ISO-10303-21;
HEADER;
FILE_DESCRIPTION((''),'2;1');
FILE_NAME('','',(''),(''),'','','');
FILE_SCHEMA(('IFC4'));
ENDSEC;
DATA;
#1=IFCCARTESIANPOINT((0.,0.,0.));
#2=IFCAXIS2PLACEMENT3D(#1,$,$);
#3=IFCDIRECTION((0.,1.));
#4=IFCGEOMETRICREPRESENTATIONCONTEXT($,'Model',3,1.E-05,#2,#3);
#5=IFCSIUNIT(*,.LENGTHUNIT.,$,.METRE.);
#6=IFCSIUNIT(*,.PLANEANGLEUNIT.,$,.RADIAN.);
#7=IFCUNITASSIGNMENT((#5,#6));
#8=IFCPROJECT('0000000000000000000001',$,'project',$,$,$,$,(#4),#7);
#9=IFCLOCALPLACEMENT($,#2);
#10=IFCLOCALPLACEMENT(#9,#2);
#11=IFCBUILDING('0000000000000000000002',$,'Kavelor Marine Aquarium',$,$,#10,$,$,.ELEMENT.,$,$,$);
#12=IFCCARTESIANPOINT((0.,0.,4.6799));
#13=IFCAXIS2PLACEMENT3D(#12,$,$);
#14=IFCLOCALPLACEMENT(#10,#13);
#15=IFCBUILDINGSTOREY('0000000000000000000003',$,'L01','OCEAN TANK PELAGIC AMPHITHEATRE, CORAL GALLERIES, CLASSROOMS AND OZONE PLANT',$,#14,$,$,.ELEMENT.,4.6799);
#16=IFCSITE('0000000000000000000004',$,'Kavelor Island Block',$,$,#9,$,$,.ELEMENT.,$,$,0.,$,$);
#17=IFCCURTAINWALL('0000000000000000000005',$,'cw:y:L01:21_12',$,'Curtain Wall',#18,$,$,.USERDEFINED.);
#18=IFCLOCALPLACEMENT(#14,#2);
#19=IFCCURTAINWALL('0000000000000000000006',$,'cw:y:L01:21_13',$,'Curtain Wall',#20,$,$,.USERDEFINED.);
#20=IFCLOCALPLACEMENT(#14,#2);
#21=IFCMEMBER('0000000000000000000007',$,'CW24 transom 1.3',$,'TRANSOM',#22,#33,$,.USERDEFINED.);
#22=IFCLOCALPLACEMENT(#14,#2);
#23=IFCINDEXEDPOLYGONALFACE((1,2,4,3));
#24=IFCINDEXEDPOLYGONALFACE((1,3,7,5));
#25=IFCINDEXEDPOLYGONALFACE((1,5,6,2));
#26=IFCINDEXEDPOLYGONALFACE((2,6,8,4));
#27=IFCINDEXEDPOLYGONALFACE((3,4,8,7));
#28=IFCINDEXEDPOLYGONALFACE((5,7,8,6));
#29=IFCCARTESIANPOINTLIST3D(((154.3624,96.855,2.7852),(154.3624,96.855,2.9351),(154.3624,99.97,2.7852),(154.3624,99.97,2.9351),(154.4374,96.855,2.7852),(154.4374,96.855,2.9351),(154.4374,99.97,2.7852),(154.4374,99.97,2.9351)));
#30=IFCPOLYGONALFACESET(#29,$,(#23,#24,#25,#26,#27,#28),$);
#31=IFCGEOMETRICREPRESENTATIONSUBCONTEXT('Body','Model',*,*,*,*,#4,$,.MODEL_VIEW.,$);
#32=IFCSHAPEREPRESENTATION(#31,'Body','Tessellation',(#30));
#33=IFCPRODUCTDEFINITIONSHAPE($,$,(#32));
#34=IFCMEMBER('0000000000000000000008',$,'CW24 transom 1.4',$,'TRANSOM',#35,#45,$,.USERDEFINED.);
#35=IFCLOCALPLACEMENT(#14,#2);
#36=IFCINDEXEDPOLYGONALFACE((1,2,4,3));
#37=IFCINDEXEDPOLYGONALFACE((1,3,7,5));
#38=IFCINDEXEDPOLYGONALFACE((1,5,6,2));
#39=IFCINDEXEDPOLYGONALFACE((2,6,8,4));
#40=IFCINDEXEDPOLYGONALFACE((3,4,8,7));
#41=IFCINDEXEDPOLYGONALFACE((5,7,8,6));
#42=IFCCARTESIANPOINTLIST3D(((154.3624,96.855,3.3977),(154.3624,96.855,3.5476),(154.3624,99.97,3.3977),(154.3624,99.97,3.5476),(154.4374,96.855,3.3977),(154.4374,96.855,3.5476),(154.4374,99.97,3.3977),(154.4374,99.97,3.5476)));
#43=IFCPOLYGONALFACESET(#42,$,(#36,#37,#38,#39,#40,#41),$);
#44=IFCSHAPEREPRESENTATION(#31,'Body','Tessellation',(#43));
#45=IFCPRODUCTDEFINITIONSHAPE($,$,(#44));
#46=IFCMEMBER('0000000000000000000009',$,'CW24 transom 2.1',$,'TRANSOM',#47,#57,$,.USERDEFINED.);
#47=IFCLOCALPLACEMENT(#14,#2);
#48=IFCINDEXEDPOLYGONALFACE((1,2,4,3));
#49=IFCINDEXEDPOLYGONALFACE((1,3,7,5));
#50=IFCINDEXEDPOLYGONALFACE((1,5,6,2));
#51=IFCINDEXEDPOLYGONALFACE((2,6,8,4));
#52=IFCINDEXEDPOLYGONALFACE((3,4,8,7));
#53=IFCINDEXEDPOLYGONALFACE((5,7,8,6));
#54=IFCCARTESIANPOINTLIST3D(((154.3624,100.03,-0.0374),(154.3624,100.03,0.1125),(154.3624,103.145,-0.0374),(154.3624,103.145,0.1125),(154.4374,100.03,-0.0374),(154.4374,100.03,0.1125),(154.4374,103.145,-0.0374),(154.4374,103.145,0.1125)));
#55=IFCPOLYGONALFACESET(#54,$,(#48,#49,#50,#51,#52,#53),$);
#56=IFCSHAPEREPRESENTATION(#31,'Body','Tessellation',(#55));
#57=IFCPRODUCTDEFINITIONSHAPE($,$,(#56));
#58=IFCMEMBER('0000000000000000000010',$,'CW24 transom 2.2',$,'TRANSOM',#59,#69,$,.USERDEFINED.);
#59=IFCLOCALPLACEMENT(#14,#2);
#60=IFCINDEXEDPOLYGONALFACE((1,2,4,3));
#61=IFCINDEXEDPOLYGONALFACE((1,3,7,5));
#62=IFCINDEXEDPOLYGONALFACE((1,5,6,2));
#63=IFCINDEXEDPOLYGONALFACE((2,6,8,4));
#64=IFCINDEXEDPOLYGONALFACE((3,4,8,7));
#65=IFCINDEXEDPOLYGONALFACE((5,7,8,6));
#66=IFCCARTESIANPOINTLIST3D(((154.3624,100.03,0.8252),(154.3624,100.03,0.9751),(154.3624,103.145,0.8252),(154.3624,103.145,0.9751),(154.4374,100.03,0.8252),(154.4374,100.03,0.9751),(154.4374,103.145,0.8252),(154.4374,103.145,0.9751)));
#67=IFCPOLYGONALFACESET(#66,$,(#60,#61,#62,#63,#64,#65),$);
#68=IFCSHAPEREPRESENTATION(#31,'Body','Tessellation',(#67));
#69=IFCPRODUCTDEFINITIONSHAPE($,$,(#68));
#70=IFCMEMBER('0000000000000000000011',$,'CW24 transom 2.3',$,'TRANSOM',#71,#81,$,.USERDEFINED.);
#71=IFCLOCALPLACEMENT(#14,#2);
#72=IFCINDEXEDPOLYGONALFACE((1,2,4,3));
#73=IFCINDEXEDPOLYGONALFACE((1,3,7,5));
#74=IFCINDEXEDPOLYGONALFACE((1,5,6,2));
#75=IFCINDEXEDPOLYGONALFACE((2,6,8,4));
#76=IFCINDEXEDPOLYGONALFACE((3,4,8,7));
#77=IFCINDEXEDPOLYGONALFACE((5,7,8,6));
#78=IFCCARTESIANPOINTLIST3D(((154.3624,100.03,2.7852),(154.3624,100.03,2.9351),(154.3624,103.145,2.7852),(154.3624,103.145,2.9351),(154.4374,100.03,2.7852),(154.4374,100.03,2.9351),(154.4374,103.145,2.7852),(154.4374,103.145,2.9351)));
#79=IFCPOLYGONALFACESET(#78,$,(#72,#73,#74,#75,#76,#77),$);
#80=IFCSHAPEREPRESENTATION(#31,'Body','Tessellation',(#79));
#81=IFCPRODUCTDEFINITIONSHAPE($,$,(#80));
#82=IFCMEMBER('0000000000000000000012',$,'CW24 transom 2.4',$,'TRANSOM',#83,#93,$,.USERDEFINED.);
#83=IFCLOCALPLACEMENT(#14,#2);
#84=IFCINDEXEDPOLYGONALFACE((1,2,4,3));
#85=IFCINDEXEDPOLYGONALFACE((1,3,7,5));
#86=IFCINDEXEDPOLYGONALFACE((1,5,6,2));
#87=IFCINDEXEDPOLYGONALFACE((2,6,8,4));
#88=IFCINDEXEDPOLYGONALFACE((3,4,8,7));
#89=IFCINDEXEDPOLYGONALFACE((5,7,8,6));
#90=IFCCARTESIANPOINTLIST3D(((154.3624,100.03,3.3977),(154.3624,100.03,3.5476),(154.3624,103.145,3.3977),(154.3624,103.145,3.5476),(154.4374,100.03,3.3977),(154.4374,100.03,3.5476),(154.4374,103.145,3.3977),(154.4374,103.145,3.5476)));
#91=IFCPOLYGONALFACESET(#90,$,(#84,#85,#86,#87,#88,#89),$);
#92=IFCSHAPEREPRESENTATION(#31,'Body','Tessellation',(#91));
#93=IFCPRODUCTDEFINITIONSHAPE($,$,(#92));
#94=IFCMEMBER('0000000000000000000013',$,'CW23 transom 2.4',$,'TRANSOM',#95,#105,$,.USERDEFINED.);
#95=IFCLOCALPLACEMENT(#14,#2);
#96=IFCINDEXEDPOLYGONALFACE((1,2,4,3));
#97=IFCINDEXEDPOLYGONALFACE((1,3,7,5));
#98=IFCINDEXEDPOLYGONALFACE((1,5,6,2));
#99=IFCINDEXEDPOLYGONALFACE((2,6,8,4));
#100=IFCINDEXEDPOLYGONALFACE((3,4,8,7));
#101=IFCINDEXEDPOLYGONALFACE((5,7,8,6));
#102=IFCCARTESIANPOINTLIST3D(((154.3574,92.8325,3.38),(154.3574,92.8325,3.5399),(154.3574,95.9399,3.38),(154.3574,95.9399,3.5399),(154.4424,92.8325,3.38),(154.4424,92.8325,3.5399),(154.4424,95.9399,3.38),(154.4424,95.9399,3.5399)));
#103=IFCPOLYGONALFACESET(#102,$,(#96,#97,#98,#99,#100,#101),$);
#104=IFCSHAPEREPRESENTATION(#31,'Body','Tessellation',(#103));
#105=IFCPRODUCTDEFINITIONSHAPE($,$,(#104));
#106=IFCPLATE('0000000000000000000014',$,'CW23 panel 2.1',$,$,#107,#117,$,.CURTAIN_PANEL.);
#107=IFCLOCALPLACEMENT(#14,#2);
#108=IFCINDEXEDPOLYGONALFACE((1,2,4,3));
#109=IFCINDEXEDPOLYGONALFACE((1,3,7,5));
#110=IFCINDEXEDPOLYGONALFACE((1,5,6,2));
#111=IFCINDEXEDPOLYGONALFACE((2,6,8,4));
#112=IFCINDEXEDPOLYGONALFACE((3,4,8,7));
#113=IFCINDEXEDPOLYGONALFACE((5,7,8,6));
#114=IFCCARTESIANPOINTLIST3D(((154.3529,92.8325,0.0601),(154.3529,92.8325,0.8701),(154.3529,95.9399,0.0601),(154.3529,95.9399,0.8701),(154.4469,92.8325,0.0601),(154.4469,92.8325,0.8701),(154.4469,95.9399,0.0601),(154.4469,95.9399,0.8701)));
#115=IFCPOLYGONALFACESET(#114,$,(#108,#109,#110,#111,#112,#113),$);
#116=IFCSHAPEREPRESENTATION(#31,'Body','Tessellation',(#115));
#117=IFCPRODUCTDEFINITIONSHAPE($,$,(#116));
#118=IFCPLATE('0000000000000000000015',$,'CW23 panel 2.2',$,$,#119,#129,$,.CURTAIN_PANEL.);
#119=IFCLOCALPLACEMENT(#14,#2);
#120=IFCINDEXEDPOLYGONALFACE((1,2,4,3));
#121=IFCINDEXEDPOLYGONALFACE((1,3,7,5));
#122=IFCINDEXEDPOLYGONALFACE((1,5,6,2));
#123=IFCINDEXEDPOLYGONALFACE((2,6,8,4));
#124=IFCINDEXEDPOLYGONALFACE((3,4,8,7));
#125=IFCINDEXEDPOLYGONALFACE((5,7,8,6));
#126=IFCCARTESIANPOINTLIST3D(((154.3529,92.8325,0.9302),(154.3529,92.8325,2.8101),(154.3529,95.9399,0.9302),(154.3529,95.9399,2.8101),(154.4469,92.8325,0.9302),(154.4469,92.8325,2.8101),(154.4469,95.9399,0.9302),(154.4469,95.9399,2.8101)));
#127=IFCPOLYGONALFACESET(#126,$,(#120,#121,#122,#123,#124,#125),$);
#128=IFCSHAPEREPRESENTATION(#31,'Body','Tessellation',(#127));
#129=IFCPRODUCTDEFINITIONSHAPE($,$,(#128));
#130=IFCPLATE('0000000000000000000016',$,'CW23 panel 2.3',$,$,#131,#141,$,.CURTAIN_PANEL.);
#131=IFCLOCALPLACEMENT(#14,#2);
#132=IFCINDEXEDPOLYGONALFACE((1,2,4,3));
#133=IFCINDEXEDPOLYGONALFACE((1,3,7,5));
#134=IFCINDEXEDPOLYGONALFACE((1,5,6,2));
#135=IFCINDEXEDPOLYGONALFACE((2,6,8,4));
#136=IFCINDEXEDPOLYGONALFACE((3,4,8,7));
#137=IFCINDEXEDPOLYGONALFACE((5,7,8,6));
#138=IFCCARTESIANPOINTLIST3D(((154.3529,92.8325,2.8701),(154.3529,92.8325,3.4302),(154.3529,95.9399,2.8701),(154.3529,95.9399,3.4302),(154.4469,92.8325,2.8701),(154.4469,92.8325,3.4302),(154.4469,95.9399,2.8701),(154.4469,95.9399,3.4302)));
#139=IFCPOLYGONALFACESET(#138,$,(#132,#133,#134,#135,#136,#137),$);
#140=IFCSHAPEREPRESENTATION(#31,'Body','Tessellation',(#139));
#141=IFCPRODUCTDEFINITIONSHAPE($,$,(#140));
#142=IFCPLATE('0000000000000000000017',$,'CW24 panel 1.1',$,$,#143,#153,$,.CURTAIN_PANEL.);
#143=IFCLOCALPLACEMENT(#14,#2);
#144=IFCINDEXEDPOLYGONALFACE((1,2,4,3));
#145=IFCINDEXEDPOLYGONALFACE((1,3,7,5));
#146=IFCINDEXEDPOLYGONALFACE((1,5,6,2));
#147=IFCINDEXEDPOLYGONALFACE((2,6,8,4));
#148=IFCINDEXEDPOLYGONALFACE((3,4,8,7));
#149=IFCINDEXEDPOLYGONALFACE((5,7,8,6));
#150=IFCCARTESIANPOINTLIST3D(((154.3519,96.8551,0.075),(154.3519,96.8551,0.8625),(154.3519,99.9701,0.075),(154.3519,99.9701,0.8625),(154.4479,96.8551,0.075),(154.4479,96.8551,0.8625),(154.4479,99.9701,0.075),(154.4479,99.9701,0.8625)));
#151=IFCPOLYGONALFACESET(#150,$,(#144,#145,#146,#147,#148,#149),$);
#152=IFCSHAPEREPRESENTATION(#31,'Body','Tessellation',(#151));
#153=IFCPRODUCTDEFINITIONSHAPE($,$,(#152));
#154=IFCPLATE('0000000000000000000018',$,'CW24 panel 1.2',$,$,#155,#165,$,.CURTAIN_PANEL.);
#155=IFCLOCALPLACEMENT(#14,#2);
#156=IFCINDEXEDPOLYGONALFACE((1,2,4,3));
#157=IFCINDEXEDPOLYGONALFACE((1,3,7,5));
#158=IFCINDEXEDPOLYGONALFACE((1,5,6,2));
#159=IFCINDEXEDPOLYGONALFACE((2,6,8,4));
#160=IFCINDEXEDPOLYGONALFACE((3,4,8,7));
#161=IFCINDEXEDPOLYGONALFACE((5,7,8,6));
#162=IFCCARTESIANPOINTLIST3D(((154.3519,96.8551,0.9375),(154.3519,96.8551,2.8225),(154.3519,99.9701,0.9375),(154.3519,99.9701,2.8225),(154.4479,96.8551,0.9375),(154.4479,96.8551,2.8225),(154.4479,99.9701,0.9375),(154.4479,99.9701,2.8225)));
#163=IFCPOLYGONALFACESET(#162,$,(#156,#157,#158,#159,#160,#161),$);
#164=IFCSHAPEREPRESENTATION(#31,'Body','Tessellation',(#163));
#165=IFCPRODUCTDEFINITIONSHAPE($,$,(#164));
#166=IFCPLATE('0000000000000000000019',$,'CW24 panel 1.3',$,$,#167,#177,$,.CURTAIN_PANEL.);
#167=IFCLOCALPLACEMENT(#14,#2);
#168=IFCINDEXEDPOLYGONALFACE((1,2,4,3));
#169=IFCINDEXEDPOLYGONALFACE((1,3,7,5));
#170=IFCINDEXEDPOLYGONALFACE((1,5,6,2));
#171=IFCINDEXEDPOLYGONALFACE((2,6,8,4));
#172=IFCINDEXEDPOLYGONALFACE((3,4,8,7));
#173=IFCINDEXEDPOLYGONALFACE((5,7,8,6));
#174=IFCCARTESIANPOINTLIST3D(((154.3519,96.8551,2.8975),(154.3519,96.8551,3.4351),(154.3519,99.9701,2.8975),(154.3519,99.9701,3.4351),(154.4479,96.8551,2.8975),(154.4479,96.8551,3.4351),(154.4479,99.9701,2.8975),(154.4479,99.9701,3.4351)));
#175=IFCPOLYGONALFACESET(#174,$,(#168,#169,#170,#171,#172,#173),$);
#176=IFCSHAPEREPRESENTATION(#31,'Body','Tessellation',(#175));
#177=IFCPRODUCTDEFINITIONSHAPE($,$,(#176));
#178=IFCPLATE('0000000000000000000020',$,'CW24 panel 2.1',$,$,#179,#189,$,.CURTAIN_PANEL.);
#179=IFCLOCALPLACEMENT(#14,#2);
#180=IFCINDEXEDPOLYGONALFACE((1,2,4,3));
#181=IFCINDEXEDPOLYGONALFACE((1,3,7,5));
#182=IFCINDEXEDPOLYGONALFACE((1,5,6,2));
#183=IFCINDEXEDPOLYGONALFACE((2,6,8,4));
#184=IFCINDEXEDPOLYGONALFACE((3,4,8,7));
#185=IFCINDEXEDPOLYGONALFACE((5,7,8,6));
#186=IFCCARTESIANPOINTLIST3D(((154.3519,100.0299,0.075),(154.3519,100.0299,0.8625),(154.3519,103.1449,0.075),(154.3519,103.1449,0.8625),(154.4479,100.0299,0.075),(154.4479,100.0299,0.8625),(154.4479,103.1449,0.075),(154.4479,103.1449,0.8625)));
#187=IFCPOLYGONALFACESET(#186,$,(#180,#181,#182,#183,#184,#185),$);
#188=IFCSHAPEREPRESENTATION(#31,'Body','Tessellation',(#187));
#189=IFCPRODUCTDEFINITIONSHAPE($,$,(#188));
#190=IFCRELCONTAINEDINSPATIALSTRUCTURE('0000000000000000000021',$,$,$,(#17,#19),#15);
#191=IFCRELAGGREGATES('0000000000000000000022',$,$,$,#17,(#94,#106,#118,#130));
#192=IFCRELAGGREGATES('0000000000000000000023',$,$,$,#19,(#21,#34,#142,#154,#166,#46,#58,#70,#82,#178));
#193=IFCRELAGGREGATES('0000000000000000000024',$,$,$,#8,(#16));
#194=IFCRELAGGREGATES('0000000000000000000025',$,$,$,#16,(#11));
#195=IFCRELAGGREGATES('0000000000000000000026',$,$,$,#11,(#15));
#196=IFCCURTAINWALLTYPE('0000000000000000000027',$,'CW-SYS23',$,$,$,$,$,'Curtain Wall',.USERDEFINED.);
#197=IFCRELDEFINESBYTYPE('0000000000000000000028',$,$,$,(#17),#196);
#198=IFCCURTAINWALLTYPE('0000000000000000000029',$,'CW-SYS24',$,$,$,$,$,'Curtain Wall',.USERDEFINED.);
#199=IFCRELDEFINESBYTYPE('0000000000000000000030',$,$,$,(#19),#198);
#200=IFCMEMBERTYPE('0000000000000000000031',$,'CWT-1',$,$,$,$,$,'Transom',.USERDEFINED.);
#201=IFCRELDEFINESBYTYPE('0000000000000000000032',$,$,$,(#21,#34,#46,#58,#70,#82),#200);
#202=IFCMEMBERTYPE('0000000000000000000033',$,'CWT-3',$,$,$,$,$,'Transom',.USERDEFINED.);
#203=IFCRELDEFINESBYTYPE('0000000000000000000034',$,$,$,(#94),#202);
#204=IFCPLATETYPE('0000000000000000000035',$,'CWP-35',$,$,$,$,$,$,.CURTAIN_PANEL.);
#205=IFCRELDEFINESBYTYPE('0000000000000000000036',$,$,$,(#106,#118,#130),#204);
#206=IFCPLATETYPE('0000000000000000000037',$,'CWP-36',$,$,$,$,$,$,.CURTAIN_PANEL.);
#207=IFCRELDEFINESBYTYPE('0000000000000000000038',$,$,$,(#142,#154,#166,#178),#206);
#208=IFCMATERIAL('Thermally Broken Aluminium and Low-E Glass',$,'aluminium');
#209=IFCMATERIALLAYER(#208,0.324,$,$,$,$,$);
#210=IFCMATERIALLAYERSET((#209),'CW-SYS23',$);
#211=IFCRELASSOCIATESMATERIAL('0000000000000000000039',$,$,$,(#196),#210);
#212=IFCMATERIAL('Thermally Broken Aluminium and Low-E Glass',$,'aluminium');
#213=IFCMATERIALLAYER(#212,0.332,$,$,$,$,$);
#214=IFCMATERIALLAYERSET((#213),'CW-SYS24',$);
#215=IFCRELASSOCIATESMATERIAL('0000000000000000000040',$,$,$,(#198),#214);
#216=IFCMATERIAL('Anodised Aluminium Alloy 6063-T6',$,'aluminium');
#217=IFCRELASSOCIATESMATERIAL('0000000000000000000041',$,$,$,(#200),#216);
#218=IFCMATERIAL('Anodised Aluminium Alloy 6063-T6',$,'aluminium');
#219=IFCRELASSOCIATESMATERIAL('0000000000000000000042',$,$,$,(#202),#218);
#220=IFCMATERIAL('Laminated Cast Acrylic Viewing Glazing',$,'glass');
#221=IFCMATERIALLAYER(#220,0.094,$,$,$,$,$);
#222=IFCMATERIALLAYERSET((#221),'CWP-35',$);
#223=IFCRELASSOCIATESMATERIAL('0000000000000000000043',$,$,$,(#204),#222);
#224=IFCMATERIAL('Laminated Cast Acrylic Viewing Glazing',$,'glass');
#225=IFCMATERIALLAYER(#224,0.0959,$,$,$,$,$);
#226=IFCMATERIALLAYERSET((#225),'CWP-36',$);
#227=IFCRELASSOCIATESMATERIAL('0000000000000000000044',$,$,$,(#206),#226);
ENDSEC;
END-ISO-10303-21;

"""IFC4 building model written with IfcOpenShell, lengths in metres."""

from ifc_helpers import new_model, si_unit, direction, frame, origin, origin_2d, place, context, subcontext, project, spatial, rectangle, extrude, material, layer, layer_set, material_profile, profile_set, type_object, element, aggregate, save


model = new_model("IFC4")

# Units and contexts
model_context = context("Model", 3, precision=1e-05, world=origin(), true_north=direction((0.0, 1.0)))
body_context = subcontext(model_context, "Body", "Model", "MODEL_VIEW")
ifc_project = project(units=[si_unit("LENGTHUNIT", "METRE"), si_unit("PLANEANGLEUNIT", "RADIAN")], contexts=[model_context])

# Site, building, storey
site_placement = place(None, origin())
site = spatial("IfcSite", under=ifc_project, at=site_placement, Name="Kavelor Island Block", CompositionType="ELEMENT", RefElevation=0.0)
building_placement = place(site_placement, origin())
building = spatial("IfcBuilding", under=site, at=building_placement, Name="Kavelor Marine Aquarium", CompositionType="ELEMENT")
storey_placement = place(building_placement, frame((0.0, 0.0, 4.6799)))
storey = spatial("IfcBuildingStorey", under=building, at=storey_placement, Name="L01", Description="OCEAN TANK PELAGIC AMPHITHEATRE, CORAL GALLERIES, CLASSROOMS AND OZONE PLANT", CompositionType="ELEMENT", Elevation=4.6799)

# Curtain wall
ifc_material_1 = material(Name="Thermally Broken Aluminium and Low-E Glass", Category="aluminium")
ifc_layer_1 = layer(ifc_material_1, 0.324)
ifc_layer_set_1 = layer_set([ifc_layer_1], Name="CW-SYS23")
curtain_wall_type_1 = type_object("IfcCurtainWallType", Name="CW-SYS23", ElementType="Curtain Wall", PredefinedType="USERDEFINED", material=ifc_layer_set_1)
curtain_wall_1_placement = place(storey_placement, origin())
curtain_wall_1 = element("IfcCurtainWall", 1, at=curtain_wall_1_placement, inside=storey, type_object=curtain_wall_type_1, Name="cw:y:L01:21_12", ObjectType="Curtain Wall", PredefinedType="USERDEFINED")

# Curtain wall, members
ifc_material_2 = material(Name="Thermally Broken Aluminium and Low-E Glass", Category="aluminium")
ifc_layer_2 = layer(ifc_material_2, 0.332)
ifc_layer_set_2 = layer_set([ifc_layer_2], Name="CW-SYS24")
curtain_wall_type_2 = type_object("IfcCurtainWallType", Name="CW-SYS24", ElementType="Curtain Wall", PredefinedType="USERDEFINED", material=ifc_layer_set_2)
curtain_wall_2_placement = place(storey_placement, origin())
curtain_wall_2 = element("IfcCurtainWall", 2, at=curtain_wall_2_placement, inside=storey, type_object=curtain_wall_type_2, Name="cw:y:L01:21_13", ObjectType="Curtain Wall", PredefinedType="USERDEFINED")
ifc_material_3 = material(Name="Anodised Aluminium Alloy 6063-T6", Category="aluminium")
ifc_material_profile_1 = material_profile(ifc_material_3, rectangle(XDim=0.075, YDim=0.1499, at=origin_2d()), Name="CW-TRN 75x150")
ifc_profile_set_1 = profile_set([ifc_material_profile_1], Name="Anodised Aluminium Alloy 6063-T6")
member_type_1 = type_object("IfcMemberType", Name="CWT-1", ElementType="Transom", PredefinedType="USERDEFINED", material=ifc_profile_set_1)
member_1_placement = place(storey_placement, frame((154.3999, 96.855, 2.8601), z_axis=(0.0, 1.0, 0.0), x_axis=(-1.0, 0.0, 0.0)))
member_1 = element("IfcMember", 3, at=member_1_placement, type_object=member_type_1, Name="CW24 transom 1.3", ObjectType="TRANSOM", PredefinedType="USERDEFINED", context=body_context, shape_type="SweptSolid", body=[
    extrude(rectangle(XDim=0.075, YDim=0.1499, at=origin_2d()), origin(), (0.0, 0.0, 1.0), 3.115),
])
member_2_placement = place(storey_placement, frame((154.3999, 96.855, 3.4727), z_axis=(0.0, 1.0, 0.0), x_axis=(-1.0, 0.0, 0.0)))
member_2 = element("IfcMember", 4, at=member_2_placement, type_object=member_type_1, Name="CW24 transom 1.4", ObjectType="TRANSOM", PredefinedType="USERDEFINED", context=body_context, shape_type="SweptSolid", body=[
    extrude(rectangle(XDim=0.075, YDim=0.1499, at=origin_2d()), origin(), (0.0, 0.0, 1.0), 3.115),
])
member_3_placement = place(storey_placement, frame((154.3999, 100.03, 0.0376), z_axis=(0.0, 1.0, 0.0), x_axis=(-1.0, 0.0, 0.0)))
member_3 = element("IfcMember", 5, at=member_3_placement, type_object=member_type_1, Name="CW24 transom 2.1", ObjectType="TRANSOM", PredefinedType="USERDEFINED", context=body_context, shape_type="SweptSolid", body=[
    extrude(rectangle(XDim=0.075, YDim=0.1499, at=origin_2d()), origin(), (0.0, 0.0, 1.0), 3.115),
])
member_4_placement = place(storey_placement, frame((154.3999, 100.03, 0.9001), z_axis=(0.0, 1.0, 0.0), x_axis=(-1.0, 0.0, 0.0)))
member_4 = element("IfcMember", 6, at=member_4_placement, type_object=member_type_1, Name="CW24 transom 2.2", ObjectType="TRANSOM", PredefinedType="USERDEFINED", context=body_context, shape_type="SweptSolid", body=[
    extrude(rectangle(XDim=0.075, YDim=0.1499, at=origin_2d()), origin(), (0.0, 0.0, 1.0), 3.115),
])
member_5_placement = place(storey_placement, frame((154.3999, 100.03, 2.8601), z_axis=(0.0, 1.0, 0.0), x_axis=(-1.0, 0.0, 0.0)))
member_5 = element("IfcMember", 7, at=member_5_placement, type_object=member_type_1, Name="CW24 transom 2.3", ObjectType="TRANSOM", PredefinedType="USERDEFINED", context=body_context, shape_type="SweptSolid", body=[
    extrude(rectangle(XDim=0.075, YDim=0.1499, at=origin_2d()), origin(), (0.0, 0.0, 1.0), 3.115),
])
member_6_placement = place(storey_placement, frame((154.3999, 100.03, 3.4727), z_axis=(0.0, 1.0, 0.0), x_axis=(-1.0, 0.0, 0.0)))
member_6 = element("IfcMember", 8, at=member_6_placement, type_object=member_type_1, Name="CW24 transom 2.4", ObjectType="TRANSOM", PredefinedType="USERDEFINED", context=body_context, shape_type="SweptSolid", body=[
    extrude(rectangle(XDim=0.075, YDim=0.1499, at=origin_2d()), origin(), (0.0, 0.0, 1.0), 3.115),
])

# Member
ifc_material_4 = material(Name="Anodised Aluminium Alloy 6063-T6", Category="aluminium")
ifc_material_profile_2 = material_profile(ifc_material_4, rectangle(XDim=0.085, YDim=0.1599, at=origin_2d()), Name="CW-TRN 85x160")
ifc_profile_set_2 = profile_set([ifc_material_profile_2], Name="Anodised Aluminium Alloy 6063-T6")
member_type_2 = type_object("IfcMemberType", Name="CWT-3", ElementType="Transom", PredefinedType="USERDEFINED", material=ifc_profile_set_2)
member_7_placement = place(storey_placement, frame((154.3999, 92.8325, 3.46), z_axis=(0.0, 1.0, 0.0), x_axis=(-1.0, 0.0, 0.0)))
member_7 = element("IfcMember", 9, at=member_7_placement, type_object=member_type_2, Name="CW23 transom 2.4", ObjectType="TRANSOM", PredefinedType="USERDEFINED", context=body_context, shape_type="SweptSolid", body=[
    extrude(rectangle(XDim=0.085, YDim=0.1599, at=origin_2d()), origin(), (0.0, 0.0, 1.0), 3.1074),
])

# Plates
ifc_material_5 = material(Name="Laminated Cast Acrylic Viewing Glazing", Category="glass")
ifc_layer_3 = layer(ifc_material_5, 0.094)
ifc_layer_set_3 = layer_set([ifc_layer_3], Name="CWP-35")
plate_type_1 = type_object("IfcPlateType", Name="CWP-35", PredefinedType="CURTAIN_PANEL", material=ifc_layer_set_3)
plate_1_placement = place(storey_placement, frame((154.3999, 94.3862, 0.0601), z_axis=(0.0, 0.0, 1.0), x_axis=(0.0, 1.0, 0.0)))
plate_1 = element("IfcPlate", 10, at=plate_1_placement, type_object=plate_type_1, Name="CW23 panel 2.1", PredefinedType="CURTAIN_PANEL", context=body_context, shape_type="SweptSolid", body=[
    extrude(rectangle(XDim=3.1074, YDim=0.094, at=origin_2d()), origin(), (0.0, 0.0, 1.0), 0.8101),
])
plate_2_placement = place(storey_placement, frame((154.3999, 94.3862, 0.9302), z_axis=(0.0, 0.0, 1.0), x_axis=(0.0, 1.0, 0.0)))
plate_2 = element("IfcPlate", 11, at=plate_2_placement, type_object=plate_type_1, Name="CW23 panel 2.2", PredefinedType="CURTAIN_PANEL", context=body_context, shape_type="SweptSolid", body=[
    extrude(rectangle(XDim=3.1074, YDim=0.094, at=origin_2d()), origin(), (0.0, 0.0, 1.0), 1.8799),
])
plate_3_placement = place(storey_placement, frame((154.3999, 94.3862, 2.8701), z_axis=(0.0, 0.0, 1.0), x_axis=(0.0, 1.0, 0.0)))
plate_3 = element("IfcPlate", 12, at=plate_3_placement, type_object=plate_type_1, Name="CW23 panel 2.3", PredefinedType="CURTAIN_PANEL", context=body_context, shape_type="SweptSolid", body=[
    extrude(rectangle(XDim=3.1074, YDim=0.094, at=origin_2d()), origin(), (0.0, 0.0, 1.0), 0.5601),
])
aggregate(curtain_wall_1, [member_7, plate_1, plate_2, plate_3])
ifc_material_6 = material(Name="Laminated Cast Acrylic Viewing Glazing", Category="glass")
ifc_layer_4 = layer(ifc_material_6, 0.0959)
ifc_layer_set_4 = layer_set([ifc_layer_4], Name="CWP-36")
plate_type_2 = type_object("IfcPlateType", Name="CWP-36", PredefinedType="CURTAIN_PANEL", material=ifc_layer_set_4)
plate_4_placement = place(storey_placement, frame((154.3999, 98.4126, 0.075), z_axis=(0.0, 0.0, 1.0), x_axis=(0.0, 1.0, 0.0)))
plate_4 = element("IfcPlate", 13, at=plate_4_placement, type_object=plate_type_2, Name="CW24 panel 1.1", PredefinedType="CURTAIN_PANEL", context=body_context, shape_type="SweptSolid", body=[
    extrude(rectangle(XDim=3.115, YDim=0.0959, at=origin_2d()), origin(), (0.0, 0.0, 1.0), 0.7876),
])
plate_5_placement = place(storey_placement, frame((154.3999, 98.4126, 0.9375), z_axis=(0.0, 0.0, 1.0), x_axis=(0.0, 1.0, 0.0)))
plate_5 = element("IfcPlate", 14, at=plate_5_placement, type_object=plate_type_2, Name="CW24 panel 1.2", PredefinedType="CURTAIN_PANEL", context=body_context, shape_type="SweptSolid", body=[
    extrude(rectangle(XDim=3.115, YDim=0.0959, at=origin_2d()), origin(), (0.0, 0.0, 1.0), 1.885),
])
plate_6_placement = place(storey_placement, frame((154.3999, 98.4126, 2.8975), z_axis=(0.0, 0.0, 1.0), x_axis=(0.0, 1.0, 0.0)))
plate_6 = element("IfcPlate", 15, at=plate_6_placement, type_object=plate_type_2, Name="CW24 panel 1.3", PredefinedType="CURTAIN_PANEL", context=body_context, shape_type="SweptSolid", body=[
    extrude(rectangle(XDim=3.115, YDim=0.0959, at=origin_2d()), origin(), (0.0, 0.0, 1.0), 0.5376),
])
plate_7_placement = place(storey_placement, frame((154.3999, 101.5874, 0.075), z_axis=(0.0, 0.0, 1.0), x_axis=(0.0, 1.0, 0.0)))
plate_7 = element("IfcPlate", 16, at=plate_7_placement, type_object=plate_type_2, Name="CW24 panel 2.1", PredefinedType="CURTAIN_PANEL", context=body_context, shape_type="SweptSolid", body=[
    extrude(rectangle(XDim=3.115, YDim=0.0959, at=origin_2d()), origin(), (0.0, 0.0, 1.0), 0.7876),
])
aggregate(curtain_wall_2, [member_1, member_2, plate_4, plate_5, plate_6, member_3, member_4, member_5, member_6, plate_7])

save(model, "model.ifc")
